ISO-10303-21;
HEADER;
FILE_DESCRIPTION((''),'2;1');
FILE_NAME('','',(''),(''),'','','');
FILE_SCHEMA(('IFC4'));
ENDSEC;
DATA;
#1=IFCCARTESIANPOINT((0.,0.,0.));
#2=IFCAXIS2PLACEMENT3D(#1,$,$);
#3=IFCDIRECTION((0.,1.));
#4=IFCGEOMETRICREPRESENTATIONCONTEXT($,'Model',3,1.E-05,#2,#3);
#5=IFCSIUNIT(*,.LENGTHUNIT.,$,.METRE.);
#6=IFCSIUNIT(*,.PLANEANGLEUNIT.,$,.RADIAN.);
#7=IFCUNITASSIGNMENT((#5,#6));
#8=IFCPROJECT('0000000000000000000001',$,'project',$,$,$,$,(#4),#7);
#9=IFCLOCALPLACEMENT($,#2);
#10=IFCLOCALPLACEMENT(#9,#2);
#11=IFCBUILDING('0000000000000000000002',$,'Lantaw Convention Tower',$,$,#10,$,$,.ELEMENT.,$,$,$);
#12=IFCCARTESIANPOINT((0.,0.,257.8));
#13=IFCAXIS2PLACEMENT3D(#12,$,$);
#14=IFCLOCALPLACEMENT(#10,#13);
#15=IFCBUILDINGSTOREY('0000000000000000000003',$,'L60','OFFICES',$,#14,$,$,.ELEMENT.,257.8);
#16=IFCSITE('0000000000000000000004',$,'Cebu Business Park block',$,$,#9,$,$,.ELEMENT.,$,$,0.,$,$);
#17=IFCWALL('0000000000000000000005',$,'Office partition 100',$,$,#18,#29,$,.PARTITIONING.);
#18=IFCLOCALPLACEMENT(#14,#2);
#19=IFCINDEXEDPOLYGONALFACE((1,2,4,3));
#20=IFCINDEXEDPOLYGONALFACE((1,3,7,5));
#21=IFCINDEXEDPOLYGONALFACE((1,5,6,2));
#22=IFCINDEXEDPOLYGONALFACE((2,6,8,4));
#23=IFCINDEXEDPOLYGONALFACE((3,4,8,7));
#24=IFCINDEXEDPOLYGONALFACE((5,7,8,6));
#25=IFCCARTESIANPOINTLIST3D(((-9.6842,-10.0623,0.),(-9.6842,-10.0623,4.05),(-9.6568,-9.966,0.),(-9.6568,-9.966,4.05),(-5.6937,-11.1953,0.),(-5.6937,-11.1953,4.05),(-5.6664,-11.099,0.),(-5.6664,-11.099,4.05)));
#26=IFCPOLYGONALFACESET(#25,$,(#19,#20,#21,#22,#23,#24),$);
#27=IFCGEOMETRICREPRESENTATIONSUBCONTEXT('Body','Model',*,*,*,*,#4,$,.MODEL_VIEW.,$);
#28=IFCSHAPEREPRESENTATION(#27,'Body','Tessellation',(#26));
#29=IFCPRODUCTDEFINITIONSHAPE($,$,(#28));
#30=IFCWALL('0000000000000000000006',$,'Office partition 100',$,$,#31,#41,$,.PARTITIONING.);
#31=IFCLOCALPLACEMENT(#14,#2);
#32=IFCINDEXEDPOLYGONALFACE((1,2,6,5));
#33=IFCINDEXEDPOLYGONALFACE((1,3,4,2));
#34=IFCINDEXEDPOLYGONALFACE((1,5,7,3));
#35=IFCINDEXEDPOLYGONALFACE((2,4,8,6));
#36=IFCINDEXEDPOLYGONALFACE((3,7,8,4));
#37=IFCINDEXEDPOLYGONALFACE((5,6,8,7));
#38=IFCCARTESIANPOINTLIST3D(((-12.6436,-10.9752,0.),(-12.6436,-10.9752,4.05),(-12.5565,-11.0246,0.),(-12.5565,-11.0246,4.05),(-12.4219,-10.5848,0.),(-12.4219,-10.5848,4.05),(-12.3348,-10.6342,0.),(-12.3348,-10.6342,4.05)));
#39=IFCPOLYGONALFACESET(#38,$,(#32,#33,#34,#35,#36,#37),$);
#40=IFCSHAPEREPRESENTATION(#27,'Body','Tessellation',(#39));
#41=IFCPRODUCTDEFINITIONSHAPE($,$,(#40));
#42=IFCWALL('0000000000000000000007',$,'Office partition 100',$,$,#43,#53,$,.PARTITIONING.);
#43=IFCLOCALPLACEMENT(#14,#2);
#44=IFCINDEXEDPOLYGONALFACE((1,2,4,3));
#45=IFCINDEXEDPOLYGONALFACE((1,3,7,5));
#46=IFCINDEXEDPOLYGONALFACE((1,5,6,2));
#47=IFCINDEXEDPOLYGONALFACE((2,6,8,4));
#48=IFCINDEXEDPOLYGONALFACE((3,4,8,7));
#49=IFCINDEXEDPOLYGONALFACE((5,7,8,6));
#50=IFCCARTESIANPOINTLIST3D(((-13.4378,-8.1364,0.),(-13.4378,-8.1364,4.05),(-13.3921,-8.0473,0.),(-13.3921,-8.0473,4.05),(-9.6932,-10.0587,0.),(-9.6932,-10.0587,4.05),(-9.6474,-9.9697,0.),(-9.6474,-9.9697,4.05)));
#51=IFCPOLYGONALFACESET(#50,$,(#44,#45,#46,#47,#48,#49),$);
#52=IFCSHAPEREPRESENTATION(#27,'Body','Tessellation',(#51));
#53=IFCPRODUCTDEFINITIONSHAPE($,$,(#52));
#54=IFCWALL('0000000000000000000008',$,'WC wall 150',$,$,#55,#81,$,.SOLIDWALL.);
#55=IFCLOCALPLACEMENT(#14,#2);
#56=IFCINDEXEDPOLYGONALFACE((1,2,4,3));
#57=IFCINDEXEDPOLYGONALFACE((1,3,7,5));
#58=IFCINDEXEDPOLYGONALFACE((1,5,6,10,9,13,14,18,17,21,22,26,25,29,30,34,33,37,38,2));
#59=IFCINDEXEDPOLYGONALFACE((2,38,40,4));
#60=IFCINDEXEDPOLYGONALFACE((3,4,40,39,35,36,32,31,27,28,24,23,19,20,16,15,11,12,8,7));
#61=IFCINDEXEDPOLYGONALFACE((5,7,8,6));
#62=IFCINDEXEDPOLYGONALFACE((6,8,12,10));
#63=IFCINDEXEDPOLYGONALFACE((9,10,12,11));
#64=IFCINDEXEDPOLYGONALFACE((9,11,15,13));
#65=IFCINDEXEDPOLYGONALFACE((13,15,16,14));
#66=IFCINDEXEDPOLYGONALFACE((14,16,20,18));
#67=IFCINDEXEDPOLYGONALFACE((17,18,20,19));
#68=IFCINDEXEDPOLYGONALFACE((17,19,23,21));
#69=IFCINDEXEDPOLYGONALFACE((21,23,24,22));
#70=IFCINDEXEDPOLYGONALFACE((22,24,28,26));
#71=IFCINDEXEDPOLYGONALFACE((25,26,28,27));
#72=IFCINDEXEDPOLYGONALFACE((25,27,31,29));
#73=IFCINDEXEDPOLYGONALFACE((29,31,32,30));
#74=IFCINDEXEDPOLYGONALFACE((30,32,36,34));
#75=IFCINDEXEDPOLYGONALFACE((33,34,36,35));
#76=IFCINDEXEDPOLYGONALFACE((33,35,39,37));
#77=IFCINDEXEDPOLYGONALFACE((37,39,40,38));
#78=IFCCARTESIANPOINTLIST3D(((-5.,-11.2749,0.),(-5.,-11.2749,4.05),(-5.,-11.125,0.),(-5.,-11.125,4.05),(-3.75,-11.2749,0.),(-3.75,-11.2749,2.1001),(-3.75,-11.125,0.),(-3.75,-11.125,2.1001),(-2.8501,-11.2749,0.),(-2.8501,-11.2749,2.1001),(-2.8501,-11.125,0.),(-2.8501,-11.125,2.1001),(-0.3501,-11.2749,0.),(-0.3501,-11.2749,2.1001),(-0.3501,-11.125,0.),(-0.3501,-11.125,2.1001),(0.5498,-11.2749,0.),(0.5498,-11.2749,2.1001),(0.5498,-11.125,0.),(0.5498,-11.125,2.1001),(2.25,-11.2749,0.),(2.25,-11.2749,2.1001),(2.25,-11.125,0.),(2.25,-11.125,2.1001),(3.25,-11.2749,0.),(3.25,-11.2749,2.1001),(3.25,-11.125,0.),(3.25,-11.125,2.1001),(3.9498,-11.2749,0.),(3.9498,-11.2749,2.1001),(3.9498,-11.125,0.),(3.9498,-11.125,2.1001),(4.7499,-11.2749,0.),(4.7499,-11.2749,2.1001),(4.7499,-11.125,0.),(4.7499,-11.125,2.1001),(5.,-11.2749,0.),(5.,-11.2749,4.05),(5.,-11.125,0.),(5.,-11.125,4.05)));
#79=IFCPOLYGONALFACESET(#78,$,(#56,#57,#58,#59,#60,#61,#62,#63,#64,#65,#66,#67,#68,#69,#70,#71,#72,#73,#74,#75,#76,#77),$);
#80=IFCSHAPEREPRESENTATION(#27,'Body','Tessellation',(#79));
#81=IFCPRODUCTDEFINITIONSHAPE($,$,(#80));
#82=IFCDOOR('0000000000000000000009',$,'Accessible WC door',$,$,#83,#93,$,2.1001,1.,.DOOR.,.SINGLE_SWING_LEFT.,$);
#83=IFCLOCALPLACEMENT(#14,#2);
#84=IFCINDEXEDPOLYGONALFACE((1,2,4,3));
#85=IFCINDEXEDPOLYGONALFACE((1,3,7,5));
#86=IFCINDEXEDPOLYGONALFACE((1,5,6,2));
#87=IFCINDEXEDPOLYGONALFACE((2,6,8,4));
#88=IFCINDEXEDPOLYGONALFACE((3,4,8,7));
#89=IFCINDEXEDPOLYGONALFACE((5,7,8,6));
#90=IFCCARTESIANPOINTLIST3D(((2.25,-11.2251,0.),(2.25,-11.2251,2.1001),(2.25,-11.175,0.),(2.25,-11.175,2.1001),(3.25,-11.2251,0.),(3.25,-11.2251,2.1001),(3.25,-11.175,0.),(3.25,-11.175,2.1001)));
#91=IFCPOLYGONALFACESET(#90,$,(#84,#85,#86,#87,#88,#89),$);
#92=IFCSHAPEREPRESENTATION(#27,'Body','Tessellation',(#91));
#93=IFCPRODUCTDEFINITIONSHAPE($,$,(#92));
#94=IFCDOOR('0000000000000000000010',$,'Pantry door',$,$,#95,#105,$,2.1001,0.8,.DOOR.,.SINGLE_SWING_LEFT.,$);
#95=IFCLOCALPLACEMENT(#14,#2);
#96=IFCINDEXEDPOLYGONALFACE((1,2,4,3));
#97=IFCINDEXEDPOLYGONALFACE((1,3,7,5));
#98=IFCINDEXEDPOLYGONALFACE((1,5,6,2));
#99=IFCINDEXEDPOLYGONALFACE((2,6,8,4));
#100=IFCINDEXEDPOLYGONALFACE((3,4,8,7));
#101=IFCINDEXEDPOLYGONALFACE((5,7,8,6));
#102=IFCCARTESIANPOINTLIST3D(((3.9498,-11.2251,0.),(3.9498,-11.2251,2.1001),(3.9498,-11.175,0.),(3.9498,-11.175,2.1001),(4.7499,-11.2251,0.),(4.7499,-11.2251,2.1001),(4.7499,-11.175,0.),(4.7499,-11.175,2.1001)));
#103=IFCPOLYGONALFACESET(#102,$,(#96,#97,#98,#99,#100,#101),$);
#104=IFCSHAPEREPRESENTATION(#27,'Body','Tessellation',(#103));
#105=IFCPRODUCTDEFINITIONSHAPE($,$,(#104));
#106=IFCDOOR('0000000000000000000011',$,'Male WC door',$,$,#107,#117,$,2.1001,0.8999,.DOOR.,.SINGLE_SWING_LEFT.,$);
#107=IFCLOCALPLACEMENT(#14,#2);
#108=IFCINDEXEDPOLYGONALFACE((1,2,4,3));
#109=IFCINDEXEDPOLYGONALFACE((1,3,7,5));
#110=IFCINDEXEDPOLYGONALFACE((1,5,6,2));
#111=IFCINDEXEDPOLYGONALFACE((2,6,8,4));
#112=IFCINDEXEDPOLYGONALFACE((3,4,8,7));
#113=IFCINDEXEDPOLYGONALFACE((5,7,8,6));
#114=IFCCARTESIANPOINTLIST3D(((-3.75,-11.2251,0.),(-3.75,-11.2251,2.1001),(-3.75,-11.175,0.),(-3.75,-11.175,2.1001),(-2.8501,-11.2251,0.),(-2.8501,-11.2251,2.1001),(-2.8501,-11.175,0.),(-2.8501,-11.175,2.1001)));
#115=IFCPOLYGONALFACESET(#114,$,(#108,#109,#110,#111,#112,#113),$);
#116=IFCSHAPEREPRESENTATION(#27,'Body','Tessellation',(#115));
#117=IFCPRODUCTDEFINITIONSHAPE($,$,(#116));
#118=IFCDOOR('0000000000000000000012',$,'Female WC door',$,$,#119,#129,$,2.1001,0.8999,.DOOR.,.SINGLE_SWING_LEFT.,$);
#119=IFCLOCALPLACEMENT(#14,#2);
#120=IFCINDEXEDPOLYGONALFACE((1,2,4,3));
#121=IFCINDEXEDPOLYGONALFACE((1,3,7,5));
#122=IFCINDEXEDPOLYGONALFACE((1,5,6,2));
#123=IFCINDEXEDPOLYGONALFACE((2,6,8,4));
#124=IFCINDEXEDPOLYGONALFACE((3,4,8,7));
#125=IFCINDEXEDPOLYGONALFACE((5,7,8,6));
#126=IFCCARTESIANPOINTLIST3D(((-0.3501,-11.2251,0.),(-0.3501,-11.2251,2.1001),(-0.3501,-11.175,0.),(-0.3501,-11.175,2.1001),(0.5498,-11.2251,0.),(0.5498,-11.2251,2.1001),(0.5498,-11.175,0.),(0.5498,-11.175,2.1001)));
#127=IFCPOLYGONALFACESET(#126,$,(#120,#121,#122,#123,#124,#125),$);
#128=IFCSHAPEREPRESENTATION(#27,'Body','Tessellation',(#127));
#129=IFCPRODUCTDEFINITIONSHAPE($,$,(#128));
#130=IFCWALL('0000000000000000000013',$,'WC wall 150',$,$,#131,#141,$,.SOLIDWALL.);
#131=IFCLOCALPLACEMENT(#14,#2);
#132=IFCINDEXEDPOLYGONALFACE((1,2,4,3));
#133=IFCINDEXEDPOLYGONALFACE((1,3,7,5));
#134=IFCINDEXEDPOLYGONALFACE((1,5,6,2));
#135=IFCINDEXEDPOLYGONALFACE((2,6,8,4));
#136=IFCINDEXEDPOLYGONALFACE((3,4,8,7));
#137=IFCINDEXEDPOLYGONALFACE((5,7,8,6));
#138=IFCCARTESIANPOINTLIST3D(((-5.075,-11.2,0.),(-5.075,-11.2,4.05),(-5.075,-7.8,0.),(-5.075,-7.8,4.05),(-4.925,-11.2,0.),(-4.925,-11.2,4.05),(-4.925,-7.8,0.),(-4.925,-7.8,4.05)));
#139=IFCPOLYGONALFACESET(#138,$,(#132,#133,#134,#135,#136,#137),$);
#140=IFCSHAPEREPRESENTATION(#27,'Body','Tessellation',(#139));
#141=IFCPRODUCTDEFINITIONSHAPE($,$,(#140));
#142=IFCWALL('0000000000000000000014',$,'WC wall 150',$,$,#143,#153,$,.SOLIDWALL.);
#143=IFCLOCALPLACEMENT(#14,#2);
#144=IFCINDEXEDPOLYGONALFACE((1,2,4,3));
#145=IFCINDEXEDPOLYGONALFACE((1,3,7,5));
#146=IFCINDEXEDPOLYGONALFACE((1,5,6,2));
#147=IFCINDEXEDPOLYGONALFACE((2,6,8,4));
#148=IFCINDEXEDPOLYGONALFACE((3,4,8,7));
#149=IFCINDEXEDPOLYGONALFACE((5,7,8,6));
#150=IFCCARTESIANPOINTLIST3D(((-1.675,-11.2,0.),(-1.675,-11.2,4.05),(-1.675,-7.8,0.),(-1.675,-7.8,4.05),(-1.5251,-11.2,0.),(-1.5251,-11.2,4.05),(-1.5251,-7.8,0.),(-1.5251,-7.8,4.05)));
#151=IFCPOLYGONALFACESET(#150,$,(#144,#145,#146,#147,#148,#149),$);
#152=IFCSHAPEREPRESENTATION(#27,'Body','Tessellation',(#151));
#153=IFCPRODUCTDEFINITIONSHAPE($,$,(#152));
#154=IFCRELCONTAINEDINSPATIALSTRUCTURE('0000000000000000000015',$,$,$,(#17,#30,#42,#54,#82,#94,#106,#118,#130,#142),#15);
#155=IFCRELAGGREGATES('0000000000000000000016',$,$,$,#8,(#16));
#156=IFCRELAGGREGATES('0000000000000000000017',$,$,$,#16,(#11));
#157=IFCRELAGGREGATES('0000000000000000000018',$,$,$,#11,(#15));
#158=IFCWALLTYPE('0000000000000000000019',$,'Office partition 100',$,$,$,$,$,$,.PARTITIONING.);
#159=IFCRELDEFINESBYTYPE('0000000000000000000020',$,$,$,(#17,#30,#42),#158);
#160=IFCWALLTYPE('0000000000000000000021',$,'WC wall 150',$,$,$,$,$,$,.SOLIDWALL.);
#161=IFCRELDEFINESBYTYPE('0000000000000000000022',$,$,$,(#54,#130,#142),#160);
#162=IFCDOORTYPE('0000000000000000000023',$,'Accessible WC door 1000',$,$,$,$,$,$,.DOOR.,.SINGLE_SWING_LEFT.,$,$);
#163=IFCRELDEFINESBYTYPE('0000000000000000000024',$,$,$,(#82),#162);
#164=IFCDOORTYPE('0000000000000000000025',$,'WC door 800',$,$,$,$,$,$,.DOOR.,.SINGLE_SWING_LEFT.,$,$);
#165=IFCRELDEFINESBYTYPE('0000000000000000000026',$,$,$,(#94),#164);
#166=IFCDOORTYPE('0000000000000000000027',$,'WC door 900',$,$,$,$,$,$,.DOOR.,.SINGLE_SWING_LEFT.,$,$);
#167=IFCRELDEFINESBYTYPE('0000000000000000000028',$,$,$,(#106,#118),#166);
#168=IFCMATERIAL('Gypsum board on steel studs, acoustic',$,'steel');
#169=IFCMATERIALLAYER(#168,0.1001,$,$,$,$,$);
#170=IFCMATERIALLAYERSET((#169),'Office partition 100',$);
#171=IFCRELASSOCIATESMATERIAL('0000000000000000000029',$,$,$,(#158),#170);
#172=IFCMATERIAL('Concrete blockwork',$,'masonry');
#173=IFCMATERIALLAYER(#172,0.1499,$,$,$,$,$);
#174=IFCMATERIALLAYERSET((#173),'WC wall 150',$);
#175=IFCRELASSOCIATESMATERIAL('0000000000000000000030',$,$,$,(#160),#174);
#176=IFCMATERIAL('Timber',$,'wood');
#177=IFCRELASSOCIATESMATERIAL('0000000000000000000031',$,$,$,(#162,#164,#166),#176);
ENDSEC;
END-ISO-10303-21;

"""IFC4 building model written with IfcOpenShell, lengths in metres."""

from ifc_helpers import new_model, si_unit, direction, frame, frame_2d, origin, place, context, subcontext, project, spatial, rectangle, extrude, material, layer, layer_set, type_object, element, fill, save


model = new_model("IFC4")

# Units and contexts
model_context = context("Model", 3, precision=1e-05, world=origin(), true_north=direction((0.0, 1.0)))
body_context = subcontext(model_context, "Body", "Model", "MODEL_VIEW")
ifc_project = project(units=[si_unit("LENGTHUNIT", "METRE"), si_unit("PLANEANGLEUNIT", "RADIAN")], contexts=[model_context])

# Site, building, storey
site_placement = place(None, origin())
site = spatial("IfcSite", under=ifc_project, at=site_placement, Name="Cebu Business Park block", CompositionType="ELEMENT", RefElevation=0.0)
building_placement = place(site_placement, origin())
building = spatial("IfcBuilding", under=site, at=building_placement, Name="Lantaw Convention Tower", CompositionType="ELEMENT")
storey_placement = place(building_placement, frame((0.0, 0.0, 257.8)))
storey = spatial("IfcBuildingStorey", under=building, at=storey_placement, Name="L60", Description="OFFICES", CompositionType="ELEMENT", Elevation=257.8)

# Walls
ifc_material_1 = material(Name="Gypsum board on steel studs, acoustic", Category="steel")
ifc_layer_1 = layer(ifc_material_1, 0.1001)
ifc_layer_set_1 = layer_set([ifc_layer_1], Name="Office partition 100")
wall_type_1 = type_object("IfcWallType", Name="Office partition 100", PredefinedType="PARTITIONING", material=ifc_layer_set_1)
wall_1_placement = place(storey_placement, frame((-5.6799, -11.1472, 0.0), z_axis=(0.0, 0.0, 1.0), x_axis=(-0.961973, 0.273143, 0.0)))
element("IfcWall", 1, at=wall_1_placement, inside=storey, type_object=wall_type_1, Name="Office partition 100", PredefinedType="PARTITIONING", context=body_context, shape_type="SweptSolid", body=[
    extrude(rectangle(XDim=4.1482, YDim=0.1001, at=frame_2d((2.0742, 0.0))), origin(), (0.0, 0.0, 1.0), 4.05),
])
wall_2_placement = place(storey_placement, frame((-12.6001, -11.0, 0.0), z_axis=(0.0, 0.0, 1.0), x_axis=(0.493794, 0.869579, 0.0)))
element("IfcWall", 2, at=wall_2_placement, inside=storey, type_object=wall_type_1, Name="Office partition 100", PredefinedType="PARTITIONING", context=body_context, shape_type="SweptSolid", body=[
    extrude(rectangle(XDim=0.449, YDim=0.1001, at=frame_2d((0.2246, 0.0))), origin(), (0.0, 0.0, 1.0), 4.05),
])
wall_3_placement = place(storey_placement, frame((-9.6704, -10.0142, 0.0), z_axis=(0.0, 0.0, 1.0), x_axis=(-0.889621, 0.4567, 0.0)))
element("IfcWall", 3, at=wall_3_placement, inside=storey, type_object=wall_type_1, Name="Office partition 100", PredefinedType="PARTITIONING", context=body_context, shape_type="SweptSolid", body=[
    extrude(rectangle(XDim=4.2092, YDim=0.1001, at=frame_2d((2.1045, 0.0))), origin(), (0.0, 0.0, 1.0), 4.05),
])

# Wall, openings, doors
ifc_material_2 = material(Name="Concrete blockwork", Category="masonry")
ifc_layer_2 = layer(ifc_material_2, 0.1499)
ifc_layer_set_2 = layer_set([ifc_layer_2], Name="WC wall 150")
wall_type_2 = type_object("IfcWallType", Name="WC wall 150", PredefinedType="SOLIDWALL", material=ifc_layer_set_2)
wall_4_placement = place(storey_placement, frame((-5.0, -11.2, 0.0), z_axis=(0.0, 0.0, 1.0), x_axis=(1.0, 0.0, 0.0)))
wall_4 = element("IfcWall", 4, at=wall_4_placement, inside=storey, type_object=wall_type_2, Name="WC wall 150", PredefinedType="SOLIDWALL", context=body_context, shape_type="SweptSolid", body=[
    extrude(rectangle(XDim=10.0, YDim=0.1499, at=frame_2d((5.0, 0.0))), origin(), (0.0, 0.0, 1.0), 4.05),
])
opening_1_placement = place(wall_4_placement, frame((1.25, 0.0, 0.0)))
opening_1 = element("IfcOpeningElement", 5, at=opening_1_placement, cuts=wall_4, PredefinedType="OPENING", context=body_context, shape_type="SweptSolid", body=[
    extrude(rectangle(XDim=0.8999, YDim=2.1001, at=frame_2d((0.45, 1.05))), frame((0.0, 0.085, 0.0), z_axis=(0.0, -1.0, 0.0), x_axis=(1.0, 0.0, 0.0)), (0.0, 0.0, 1.0), 0.1699),
])
opening_2_placement = place(wall_4_placement, frame((4.6499, 0.0, 0.0)))
opening_2 = element("IfcOpeningElement", 6, at=opening_2_placement, cuts=wall_4, PredefinedType="OPENING", context=body_context, shape_type="SweptSolid", body=[
    extrude(rectangle(XDim=0.8999, YDim=2.1001, at=frame_2d((0.45, 1.05))), frame((0.0, 0.085, 0.0), z_axis=(0.0, -1.0, 0.0), x_axis=(1.0, 0.0, 0.0)), (0.0, 0.0, 1.0), 0.1699),
])
opening_3_placement = place(wall_4_placement, frame((7.25, 0.0, 0.0)))
opening_3 = element("IfcOpeningElement", 7, at=opening_3_placement, cuts=wall_4, PredefinedType="OPENING", context=body_context, shape_type="SweptSolid", body=[
    extrude(rectangle(XDim=1.0, YDim=2.1001, at=frame_2d((0.5, 1.05))), frame((0.0, 0.085, 0.0), z_axis=(0.0, -1.0, 0.0), x_axis=(1.0, 0.0, 0.0)), (0.0, 0.0, 1.0), 0.1699),
])
opening_4_placement = place(wall_4_placement, frame((8.95, 0.0, 0.0)))
opening_4 = element("IfcOpeningElement", 8, at=opening_4_placement, cuts=wall_4, PredefinedType="OPENING", context=body_context, shape_type="SweptSolid", body=[
    extrude(rectangle(XDim=0.8, YDim=2.1001, at=frame_2d((0.3999, 1.05))), frame((0.0, 0.085, 0.0), z_axis=(0.0, -1.0, 0.0), x_axis=(1.0, 0.0, 0.0)), (0.0, 0.0, 1.0), 0.1699),
])
ifc_material_3 = material(Name="Timber", Category="wood")
door_type_1 = type_object("IfcDoorType", Name="Accessible WC door 1000", OperationType="SINGLE_SWING_LEFT", PredefinedType="DOOR", material=ifc_material_3)
door_1_placement = place(opening_3_placement, origin())
door_1 = element("IfcDoor", 9, at=door_1_placement, inside=storey, type_object=door_type_1, Name="Accessible WC door", OperationType="SINGLE_SWING_LEFT", OverallHeight=2.1001, OverallWidth=1.0, PredefinedType="DOOR", context=body_context, shape_type="SweptSolid", body=[
    extrude(rectangle(XDim=1.0, YDim=2.1001, at=frame_2d((0.5, 1.05))), frame((0.0, 0.0249, 0.0), z_axis=(0.0, -1.0, 0.0), x_axis=(1.0, 0.0, 0.0)), (0.0, 0.0, 1.0), 0.05),
])
fill(opening_3, door_1)
door_type_2 = type_object("IfcDoorType", Name="WC door 800", OperationType="SINGLE_SWING_LEFT", PredefinedType="DOOR", material=ifc_material_3)
door_2_placement = place(opening_4_placement, origin())
door_2 = element("IfcDoor", 10, at=door_2_placement, inside=storey, type_object=door_type_2, Name="Pantry door", OperationType="SINGLE_SWING_LEFT", OverallHeight=2.1001, OverallWidth=0.8, PredefinedType="DOOR", context=body_context, shape_type="SweptSolid", body=[
    extrude(rectangle(XDim=0.8, YDim=2.1001, at=frame_2d((0.3999, 1.05))), frame((0.0, 0.0249, 0.0), z_axis=(0.0, -1.0, 0.0), x_axis=(1.0, 0.0, 0.0)), (0.0, 0.0, 1.0), 0.05),
])
fill(opening_4, door_2)
door_type_3 = type_object("IfcDoorType", Name="WC door 900", OperationType="SINGLE_SWING_LEFT", PredefinedType="DOOR", material=ifc_material_3)
door_3_placement = place(opening_1_placement, origin())
door_3 = element("IfcDoor", 11, at=door_3_placement, inside=storey, type_object=door_type_3, Name="Male WC door", OperationType="SINGLE_SWING_LEFT", OverallHeight=2.1001, OverallWidth=0.8999, PredefinedType="DOOR", context=body_context, shape_type="SweptSolid", body=[
    extrude(rectangle(XDim=0.8999, YDim=2.1001, at=frame_2d((0.45, 1.05))), frame((0.0, 0.0249, 0.0), z_axis=(0.0, -1.0, 0.0), x_axis=(1.0, 0.0, 0.0)), (0.0, 0.0, 1.0), 0.05),
])
fill(opening_1, door_3)
door_4_placement = place(opening_2_placement, origin())
door_4 = element("IfcDoor", 12, at=door_4_placement, inside=storey, type_object=door_type_3, Name="Female WC door", OperationType="SINGLE_SWING_LEFT", OverallHeight=2.1001, OverallWidth=0.8999, PredefinedType="DOOR", context=body_context, shape_type="SweptSolid", body=[
    extrude(rectangle(XDim=0.8999, YDim=2.1001, at=frame_2d((0.45, 1.05))), frame((0.0, 0.0249, 0.0), z_axis=(0.0, -1.0, 0.0), x_axis=(1.0, 0.0, 0.0)), (0.0, 0.0, 1.0), 0.05),
])
fill(opening_2, door_4)

# Walls
for number, where, z_axis, x_axis, name in (
    (13, (-5.0, -7.8, 0.0), (0.0, 0.0, 1.0), (0.0, -1.0, 0.0), "WC wall 150"),
    (14, (-1.6001, -7.8, 0.0), (0.0, 0.0, 1.0), (0.0, -1.0, 0.0), "WC wall 150"),
):
    element("IfcWall", number, at=place(storey_placement, frame(where, z_axis=z_axis, x_axis=x_axis)), inside=storey, type_object=wall_type_2, Name=name, PredefinedType="SOLIDWALL", context=body_context, shape_type="SweptSolid", body=[
        extrude(rectangle(XDim=3.3999, YDim=0.1499, at=frame_2d((1.7, 0.0))), origin(), (0.0, 0.0, 1.0), 4.05),
    ])

save(model, "model.ifc")
